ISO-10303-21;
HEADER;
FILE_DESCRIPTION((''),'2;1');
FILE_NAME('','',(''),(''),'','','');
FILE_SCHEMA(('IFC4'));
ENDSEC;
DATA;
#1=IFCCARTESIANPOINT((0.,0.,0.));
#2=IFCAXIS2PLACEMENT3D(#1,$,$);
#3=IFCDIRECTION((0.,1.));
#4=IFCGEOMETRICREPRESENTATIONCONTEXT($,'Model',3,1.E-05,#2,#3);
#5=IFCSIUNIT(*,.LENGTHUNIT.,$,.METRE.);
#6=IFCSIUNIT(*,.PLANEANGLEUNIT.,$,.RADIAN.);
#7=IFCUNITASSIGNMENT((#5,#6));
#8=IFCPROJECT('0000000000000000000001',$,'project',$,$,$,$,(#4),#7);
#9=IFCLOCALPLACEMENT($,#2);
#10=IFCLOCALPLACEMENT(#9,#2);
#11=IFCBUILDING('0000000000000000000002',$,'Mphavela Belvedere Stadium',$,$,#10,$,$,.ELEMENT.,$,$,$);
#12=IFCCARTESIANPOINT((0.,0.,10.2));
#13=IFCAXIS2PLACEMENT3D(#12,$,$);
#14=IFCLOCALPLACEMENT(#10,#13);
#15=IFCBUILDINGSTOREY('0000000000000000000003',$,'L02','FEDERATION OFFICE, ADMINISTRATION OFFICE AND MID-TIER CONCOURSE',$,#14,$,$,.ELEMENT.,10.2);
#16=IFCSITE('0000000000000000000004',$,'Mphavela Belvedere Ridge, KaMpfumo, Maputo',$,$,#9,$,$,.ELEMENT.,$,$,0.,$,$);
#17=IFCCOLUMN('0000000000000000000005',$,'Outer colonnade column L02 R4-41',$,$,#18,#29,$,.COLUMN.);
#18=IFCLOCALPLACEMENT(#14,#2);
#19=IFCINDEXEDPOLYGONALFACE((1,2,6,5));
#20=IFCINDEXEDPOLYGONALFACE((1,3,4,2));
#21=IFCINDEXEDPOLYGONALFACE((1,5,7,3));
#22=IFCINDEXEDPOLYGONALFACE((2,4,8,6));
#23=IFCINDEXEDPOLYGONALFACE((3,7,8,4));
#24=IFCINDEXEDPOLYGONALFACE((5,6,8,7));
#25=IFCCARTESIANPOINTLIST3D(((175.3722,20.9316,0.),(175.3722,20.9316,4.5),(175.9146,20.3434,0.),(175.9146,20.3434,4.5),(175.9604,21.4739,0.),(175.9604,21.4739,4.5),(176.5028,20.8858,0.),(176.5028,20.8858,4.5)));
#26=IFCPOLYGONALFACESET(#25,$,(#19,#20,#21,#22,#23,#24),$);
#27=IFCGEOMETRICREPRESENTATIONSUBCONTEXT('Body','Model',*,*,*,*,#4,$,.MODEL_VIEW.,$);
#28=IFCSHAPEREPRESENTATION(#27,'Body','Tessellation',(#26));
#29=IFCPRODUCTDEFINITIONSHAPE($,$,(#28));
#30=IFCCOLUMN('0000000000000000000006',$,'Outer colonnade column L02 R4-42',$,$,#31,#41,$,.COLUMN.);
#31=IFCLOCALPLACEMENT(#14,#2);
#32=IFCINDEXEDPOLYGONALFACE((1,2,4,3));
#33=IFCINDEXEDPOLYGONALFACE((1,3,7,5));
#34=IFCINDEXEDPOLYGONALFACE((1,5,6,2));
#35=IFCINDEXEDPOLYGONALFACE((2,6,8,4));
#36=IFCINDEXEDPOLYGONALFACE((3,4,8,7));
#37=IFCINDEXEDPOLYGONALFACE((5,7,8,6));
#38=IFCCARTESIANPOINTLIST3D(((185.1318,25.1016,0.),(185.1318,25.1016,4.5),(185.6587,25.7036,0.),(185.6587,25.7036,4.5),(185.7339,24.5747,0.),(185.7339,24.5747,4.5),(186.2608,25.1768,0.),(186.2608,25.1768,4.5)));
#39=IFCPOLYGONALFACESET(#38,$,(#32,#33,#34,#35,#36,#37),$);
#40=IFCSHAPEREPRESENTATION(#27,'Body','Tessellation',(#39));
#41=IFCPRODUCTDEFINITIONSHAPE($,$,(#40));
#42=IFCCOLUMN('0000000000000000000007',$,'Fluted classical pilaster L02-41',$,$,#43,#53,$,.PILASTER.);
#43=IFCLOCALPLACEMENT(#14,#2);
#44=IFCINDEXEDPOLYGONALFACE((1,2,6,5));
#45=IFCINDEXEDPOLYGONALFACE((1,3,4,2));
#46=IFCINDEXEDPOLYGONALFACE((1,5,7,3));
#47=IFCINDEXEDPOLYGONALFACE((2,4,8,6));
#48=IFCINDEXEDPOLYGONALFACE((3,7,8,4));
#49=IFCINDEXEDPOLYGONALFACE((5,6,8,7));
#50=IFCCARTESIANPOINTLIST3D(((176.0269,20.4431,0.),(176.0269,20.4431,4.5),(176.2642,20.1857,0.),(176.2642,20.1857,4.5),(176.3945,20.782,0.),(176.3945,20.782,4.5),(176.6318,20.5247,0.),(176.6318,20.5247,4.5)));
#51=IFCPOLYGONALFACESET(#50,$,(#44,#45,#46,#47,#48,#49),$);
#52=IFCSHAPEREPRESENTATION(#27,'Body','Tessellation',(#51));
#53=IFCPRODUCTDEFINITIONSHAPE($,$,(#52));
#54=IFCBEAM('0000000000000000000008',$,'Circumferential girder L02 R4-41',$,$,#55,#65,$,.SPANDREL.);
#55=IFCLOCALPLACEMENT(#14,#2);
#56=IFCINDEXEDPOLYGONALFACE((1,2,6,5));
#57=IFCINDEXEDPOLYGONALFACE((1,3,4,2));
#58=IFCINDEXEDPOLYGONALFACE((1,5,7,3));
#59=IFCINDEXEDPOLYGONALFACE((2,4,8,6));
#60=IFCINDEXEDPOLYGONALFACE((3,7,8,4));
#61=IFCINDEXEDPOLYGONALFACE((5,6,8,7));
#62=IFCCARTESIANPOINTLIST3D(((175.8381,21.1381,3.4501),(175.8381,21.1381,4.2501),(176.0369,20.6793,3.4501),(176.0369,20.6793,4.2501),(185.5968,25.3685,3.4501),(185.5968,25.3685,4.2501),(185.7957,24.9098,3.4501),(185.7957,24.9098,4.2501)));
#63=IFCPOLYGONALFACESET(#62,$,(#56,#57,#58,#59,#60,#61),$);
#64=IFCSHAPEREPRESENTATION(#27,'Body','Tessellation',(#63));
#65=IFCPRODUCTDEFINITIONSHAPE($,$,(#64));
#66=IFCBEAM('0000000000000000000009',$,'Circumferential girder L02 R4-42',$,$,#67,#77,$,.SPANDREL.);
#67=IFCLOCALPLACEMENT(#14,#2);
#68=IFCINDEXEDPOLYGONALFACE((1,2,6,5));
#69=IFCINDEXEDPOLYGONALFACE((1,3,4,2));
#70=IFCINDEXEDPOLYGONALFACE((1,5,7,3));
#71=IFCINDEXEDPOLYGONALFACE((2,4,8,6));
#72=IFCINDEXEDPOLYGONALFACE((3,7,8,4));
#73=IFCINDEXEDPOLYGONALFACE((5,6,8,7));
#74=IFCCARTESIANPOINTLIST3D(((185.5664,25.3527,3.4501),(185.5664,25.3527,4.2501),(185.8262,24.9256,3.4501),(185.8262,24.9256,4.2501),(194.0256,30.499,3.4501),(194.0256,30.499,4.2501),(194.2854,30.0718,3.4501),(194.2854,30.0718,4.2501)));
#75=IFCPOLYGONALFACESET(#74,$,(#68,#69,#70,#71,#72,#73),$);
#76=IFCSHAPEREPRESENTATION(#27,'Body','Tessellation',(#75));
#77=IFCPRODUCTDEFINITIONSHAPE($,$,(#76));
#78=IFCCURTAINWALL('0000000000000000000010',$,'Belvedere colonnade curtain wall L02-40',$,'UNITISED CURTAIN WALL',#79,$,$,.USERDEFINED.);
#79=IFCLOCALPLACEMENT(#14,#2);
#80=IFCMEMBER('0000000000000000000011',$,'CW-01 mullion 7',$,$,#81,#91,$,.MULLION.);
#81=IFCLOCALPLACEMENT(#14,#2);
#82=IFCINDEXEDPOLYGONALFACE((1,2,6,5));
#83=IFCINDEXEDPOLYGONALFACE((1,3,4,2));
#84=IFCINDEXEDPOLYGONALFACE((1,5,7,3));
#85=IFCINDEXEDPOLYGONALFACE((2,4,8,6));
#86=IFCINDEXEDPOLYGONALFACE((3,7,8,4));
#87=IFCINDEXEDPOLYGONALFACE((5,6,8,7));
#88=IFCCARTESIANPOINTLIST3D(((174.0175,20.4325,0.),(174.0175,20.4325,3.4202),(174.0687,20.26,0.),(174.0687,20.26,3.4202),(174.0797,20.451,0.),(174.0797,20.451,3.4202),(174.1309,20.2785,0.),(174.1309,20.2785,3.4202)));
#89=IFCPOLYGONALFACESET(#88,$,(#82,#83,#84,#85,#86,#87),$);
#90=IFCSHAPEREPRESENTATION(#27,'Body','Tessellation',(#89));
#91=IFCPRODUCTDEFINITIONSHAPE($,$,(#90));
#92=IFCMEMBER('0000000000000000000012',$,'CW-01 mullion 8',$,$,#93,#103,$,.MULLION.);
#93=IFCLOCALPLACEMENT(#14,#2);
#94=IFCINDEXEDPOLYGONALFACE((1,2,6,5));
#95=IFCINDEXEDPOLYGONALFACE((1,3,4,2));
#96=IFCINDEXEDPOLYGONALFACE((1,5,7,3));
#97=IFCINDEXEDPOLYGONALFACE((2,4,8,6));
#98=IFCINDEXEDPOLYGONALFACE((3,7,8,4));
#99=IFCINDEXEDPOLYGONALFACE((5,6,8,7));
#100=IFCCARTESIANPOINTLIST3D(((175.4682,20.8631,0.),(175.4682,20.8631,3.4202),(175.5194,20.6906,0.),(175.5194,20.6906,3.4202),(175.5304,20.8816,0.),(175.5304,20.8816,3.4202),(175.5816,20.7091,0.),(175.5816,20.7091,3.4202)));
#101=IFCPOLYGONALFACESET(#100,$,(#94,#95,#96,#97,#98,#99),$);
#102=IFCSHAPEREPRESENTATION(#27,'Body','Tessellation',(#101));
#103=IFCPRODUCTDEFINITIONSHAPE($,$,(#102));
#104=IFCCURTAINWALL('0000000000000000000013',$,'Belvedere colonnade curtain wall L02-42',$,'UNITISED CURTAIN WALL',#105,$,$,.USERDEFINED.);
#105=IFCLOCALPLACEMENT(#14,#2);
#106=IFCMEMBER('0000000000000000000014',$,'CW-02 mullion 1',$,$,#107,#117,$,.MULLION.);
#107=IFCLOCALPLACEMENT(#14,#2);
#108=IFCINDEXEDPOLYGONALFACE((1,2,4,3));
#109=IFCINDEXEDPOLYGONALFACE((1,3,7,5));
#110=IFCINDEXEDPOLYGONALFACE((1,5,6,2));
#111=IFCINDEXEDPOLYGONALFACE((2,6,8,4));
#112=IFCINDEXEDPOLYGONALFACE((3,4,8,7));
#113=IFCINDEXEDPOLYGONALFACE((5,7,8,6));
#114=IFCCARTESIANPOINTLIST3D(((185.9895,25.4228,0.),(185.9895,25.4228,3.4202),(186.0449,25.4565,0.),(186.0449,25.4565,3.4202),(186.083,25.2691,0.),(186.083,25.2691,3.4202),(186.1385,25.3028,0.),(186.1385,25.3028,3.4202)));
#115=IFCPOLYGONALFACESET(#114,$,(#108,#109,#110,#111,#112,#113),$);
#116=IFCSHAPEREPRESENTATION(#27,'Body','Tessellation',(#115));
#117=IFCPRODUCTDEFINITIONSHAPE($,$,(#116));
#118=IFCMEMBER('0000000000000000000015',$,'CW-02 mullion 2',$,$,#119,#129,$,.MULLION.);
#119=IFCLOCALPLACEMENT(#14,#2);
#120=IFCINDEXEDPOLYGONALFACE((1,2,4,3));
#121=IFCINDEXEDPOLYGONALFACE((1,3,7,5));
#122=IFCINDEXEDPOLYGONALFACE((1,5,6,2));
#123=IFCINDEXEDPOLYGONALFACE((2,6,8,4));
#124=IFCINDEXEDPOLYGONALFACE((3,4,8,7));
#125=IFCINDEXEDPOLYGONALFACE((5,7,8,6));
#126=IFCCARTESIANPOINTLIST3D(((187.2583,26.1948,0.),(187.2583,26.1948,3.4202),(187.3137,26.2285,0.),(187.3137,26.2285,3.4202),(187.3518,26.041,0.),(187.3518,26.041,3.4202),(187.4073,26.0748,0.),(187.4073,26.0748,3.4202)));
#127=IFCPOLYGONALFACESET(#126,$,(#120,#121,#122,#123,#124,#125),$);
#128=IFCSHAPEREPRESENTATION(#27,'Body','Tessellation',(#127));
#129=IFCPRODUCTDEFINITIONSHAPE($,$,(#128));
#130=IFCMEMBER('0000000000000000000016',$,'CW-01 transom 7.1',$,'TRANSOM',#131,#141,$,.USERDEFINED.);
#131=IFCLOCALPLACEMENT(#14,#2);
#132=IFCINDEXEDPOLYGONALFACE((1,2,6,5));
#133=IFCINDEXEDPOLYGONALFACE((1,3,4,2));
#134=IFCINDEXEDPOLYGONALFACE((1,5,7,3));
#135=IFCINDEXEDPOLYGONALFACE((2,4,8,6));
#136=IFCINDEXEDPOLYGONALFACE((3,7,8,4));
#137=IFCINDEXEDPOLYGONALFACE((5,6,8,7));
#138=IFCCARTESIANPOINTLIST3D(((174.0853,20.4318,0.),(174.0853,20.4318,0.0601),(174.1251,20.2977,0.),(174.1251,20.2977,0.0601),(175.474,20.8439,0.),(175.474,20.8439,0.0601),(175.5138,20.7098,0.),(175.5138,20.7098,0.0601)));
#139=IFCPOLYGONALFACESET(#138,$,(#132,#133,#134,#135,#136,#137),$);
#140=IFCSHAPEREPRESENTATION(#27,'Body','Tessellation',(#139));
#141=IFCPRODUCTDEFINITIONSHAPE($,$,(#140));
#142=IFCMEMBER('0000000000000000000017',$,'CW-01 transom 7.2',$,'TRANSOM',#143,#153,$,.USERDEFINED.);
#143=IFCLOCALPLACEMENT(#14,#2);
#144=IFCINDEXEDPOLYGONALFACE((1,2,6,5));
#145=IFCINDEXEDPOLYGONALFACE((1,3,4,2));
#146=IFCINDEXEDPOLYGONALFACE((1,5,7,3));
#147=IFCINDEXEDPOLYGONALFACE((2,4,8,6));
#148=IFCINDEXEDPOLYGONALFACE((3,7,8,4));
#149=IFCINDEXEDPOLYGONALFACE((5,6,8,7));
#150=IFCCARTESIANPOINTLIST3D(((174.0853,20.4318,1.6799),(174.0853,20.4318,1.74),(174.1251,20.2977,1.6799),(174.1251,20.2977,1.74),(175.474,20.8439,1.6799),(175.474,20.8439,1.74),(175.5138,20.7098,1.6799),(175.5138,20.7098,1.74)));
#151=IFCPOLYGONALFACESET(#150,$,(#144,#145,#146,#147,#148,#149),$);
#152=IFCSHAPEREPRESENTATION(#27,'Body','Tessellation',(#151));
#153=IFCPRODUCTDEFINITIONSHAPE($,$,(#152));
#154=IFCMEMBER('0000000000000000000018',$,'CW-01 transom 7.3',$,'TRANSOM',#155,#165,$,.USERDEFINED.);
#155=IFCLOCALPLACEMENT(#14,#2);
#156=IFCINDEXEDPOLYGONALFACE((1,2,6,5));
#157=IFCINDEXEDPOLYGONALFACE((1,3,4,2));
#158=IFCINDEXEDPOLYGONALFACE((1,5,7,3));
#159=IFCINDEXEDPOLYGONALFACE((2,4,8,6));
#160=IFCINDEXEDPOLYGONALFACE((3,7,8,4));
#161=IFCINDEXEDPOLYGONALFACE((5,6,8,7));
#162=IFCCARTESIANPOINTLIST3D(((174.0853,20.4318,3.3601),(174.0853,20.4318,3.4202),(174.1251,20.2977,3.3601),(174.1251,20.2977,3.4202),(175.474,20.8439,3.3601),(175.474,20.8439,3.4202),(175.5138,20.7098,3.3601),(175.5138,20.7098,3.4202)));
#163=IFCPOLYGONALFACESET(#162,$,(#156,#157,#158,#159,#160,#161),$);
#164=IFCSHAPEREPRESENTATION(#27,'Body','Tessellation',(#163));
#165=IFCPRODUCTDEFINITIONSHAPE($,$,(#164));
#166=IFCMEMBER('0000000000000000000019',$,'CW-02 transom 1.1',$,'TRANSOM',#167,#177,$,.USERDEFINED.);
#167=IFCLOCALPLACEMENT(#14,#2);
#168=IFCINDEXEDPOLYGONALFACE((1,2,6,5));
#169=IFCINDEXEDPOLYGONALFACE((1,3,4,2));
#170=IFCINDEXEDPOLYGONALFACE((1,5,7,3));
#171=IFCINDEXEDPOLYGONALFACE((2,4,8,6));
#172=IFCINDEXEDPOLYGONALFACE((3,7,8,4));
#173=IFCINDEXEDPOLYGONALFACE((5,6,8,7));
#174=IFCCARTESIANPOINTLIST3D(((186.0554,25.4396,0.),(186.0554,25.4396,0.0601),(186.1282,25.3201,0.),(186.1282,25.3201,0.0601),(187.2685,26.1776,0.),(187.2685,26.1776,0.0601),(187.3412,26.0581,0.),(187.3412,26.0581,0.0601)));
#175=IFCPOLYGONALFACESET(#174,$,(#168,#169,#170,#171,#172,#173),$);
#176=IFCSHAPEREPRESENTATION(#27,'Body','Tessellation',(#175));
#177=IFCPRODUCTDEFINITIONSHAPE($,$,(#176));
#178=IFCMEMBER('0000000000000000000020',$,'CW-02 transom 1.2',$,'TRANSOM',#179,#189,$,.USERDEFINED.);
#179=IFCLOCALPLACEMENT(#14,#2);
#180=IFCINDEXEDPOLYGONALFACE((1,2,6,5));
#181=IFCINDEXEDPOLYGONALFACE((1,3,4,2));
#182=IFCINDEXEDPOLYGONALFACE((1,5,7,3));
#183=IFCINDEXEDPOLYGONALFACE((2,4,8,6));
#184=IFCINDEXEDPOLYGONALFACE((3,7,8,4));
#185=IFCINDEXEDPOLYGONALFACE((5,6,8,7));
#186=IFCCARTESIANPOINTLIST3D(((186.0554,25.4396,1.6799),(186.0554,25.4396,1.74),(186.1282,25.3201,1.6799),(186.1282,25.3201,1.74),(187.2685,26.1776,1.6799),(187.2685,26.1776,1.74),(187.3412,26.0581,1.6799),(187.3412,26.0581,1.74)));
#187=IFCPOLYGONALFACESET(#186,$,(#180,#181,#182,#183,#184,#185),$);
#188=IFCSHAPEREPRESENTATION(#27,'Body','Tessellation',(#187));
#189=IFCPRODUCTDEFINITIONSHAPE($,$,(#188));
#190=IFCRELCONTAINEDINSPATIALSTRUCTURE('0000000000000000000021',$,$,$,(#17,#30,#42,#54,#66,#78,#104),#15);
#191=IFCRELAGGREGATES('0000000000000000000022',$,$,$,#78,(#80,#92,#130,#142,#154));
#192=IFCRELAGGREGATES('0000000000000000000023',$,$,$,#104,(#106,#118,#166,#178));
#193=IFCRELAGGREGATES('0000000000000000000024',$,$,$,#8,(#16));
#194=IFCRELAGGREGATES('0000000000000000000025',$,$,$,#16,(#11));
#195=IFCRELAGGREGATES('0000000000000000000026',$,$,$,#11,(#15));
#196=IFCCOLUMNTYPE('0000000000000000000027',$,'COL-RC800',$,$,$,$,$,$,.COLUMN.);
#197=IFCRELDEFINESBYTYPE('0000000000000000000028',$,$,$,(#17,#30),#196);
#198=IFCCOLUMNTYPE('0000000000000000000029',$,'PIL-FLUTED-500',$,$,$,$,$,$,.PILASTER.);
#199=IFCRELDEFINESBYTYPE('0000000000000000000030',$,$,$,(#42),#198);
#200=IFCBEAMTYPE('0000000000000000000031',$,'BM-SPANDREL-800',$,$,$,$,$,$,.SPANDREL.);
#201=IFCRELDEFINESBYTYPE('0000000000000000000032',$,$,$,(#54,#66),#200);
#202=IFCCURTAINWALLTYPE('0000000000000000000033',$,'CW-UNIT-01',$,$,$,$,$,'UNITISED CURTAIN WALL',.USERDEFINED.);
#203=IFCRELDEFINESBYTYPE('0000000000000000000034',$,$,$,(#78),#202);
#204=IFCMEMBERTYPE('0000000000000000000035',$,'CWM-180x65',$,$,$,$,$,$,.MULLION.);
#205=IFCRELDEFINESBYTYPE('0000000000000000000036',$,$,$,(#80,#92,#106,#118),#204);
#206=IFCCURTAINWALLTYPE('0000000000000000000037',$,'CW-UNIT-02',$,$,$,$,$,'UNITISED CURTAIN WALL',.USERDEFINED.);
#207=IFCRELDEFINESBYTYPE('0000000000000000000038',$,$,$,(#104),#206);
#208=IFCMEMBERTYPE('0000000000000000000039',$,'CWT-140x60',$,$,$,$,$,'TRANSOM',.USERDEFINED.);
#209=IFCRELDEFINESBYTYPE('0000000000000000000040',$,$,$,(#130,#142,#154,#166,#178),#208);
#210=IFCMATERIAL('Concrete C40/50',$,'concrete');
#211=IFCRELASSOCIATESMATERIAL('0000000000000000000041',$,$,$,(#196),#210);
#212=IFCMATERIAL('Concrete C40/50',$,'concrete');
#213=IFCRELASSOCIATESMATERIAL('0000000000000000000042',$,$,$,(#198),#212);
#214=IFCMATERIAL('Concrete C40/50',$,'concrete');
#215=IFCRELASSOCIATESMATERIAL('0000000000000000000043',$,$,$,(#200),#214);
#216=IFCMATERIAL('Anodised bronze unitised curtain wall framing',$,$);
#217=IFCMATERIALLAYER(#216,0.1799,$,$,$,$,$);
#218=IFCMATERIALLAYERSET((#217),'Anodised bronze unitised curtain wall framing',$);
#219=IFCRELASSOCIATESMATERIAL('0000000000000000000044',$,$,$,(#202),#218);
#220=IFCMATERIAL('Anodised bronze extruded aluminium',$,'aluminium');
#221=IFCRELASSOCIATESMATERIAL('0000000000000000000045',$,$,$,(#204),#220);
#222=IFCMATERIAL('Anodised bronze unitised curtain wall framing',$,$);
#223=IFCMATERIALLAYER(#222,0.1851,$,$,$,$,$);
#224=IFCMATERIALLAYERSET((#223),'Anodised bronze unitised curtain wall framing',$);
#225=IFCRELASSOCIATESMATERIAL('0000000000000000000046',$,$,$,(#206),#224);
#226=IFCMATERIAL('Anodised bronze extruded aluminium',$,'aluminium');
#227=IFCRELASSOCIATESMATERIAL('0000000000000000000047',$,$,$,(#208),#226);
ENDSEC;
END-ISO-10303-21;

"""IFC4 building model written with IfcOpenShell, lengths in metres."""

from ifc_helpers import new_model, si_unit, direction, frame, origin, origin_2d, place, context, subcontext, project, spatial, rectangle, extrude, material, layer, layer_set, material_profile, profile_set, type_object, element, aggregate, save


model = new_model("IFC4")

# Units and contexts
model_context = context("Model", 3, precision=1e-05, world=origin(), true_north=direction((0.0, 1.0)))
body_context = subcontext(model_context, "Body", "Model", "MODEL_VIEW")
ifc_project = project(units=[si_unit("LENGTHUNIT", "METRE"), si_unit("PLANEANGLEUNIT", "RADIAN")], contexts=[model_context])

# Site, building, storey
site_placement = place(None, origin())
site = spatial("IfcSite", under=ifc_project, at=site_placement, Name="Mphavela Belvedere Ridge, KaMpfumo, Maputo", CompositionType="ELEMENT", RefElevation=0.0)
building_placement = place(site_placement, origin())
building = spatial("IfcBuilding", under=site, at=building_placement, Name="Mphavela Belvedere Stadium", CompositionType="ELEMENT")
storey_placement = place(building_placement, frame((0.0, 0.0, 10.2)))
storey = spatial("IfcBuildingStorey", under=building, at=storey_placement, Name="L02", Description="FEDERATION OFFICE, ADMINISTRATION OFFICE AND MID-TIER CONCOURSE", CompositionType="ELEMENT", Elevation=10.2)

# Columns
ifc_material_1 = material(Name="Concrete C40/50", Category="concrete")
ifc_material_profile_1 = material_profile(ifc_material_1, rectangle(XDim=0.8, YDim=0.8, at=origin_2d()), Name="RC 800x800")
ifc_profile_set_1 = profile_set([ifc_material_profile_1], Name="Concrete C40/50")
column_type_1 = type_object("IfcColumnType", Name="COL-RC800", PredefinedType="COLUMN", material=ifc_profile_set_1)
for number, where, z_axis, x_axis, name in (
    (1, (175.9375, 20.9087, 0.0), (0.0, 0.0, 1.0), (0.677903, -0.735151, 0.0), "Outer colonnade column L02 R4-41"),
    (2, (185.6963, 25.1392, 0.0), (0.0, 0.0, 1.0), (0.75253, -0.658558, 0.0), "Outer colonnade column L02 R4-42"),
):
    element("IfcColumn", number, at=place(storey_placement, frame(where, z_axis=z_axis, x_axis=x_axis)), inside=storey, type_object=column_type_1, Name=name, PredefinedType="COLUMN", context=body_context, shape_type="SweptSolid", body=[
        extrude(rectangle(XDim=0.8, YDim=0.8, at=origin_2d()), origin(), (0.0, 0.0, 1.0), 4.5),
    ])
ifc_material_2 = material(Name="Concrete C40/50", Category="concrete")
ifc_material_profile_2 = material_profile(ifc_material_2, rectangle(XDim=0.5, YDim=0.3501, at=origin_2d()), Name="PIL 500x350")
ifc_profile_set_2 = profile_set([ifc_material_profile_2], Name="Concrete C40/50")
column_type_2 = type_object("IfcColumnType", Name="PIL-FLUTED-500", PredefinedType="PILASTER", material=ifc_profile_set_2)
column_placement = place(storey_placement, frame((176.3293, 20.4839, 0.0), z_axis=(0.0, 0.0, 1.0), x_axis=(0.735151, 0.677903, 0.0)))
element("IfcColumn", 3, at=column_placement, inside=storey, type_object=column_type_2, Name="Fluted classical pilaster L02-41", PredefinedType="PILASTER", context=body_context, shape_type="SweptSolid", body=[
    extrude(rectangle(XDim=0.5, YDim=0.3501, at=origin_2d()), origin(), (0.0, 0.0, 1.0), 4.5),
])

# Beams
ifc_material_3 = material(Name="Concrete C40/50", Category="concrete")
ifc_material_profile_3 = material_profile(ifc_material_3, rectangle(XDim=0.5, YDim=0.8, at=origin_2d()), Name="RC 500x800")
ifc_profile_set_3 = profile_set([ifc_material_profile_3], Name="Concrete C40/50")
beam_type = type_object("IfcBeamType", Name="BM-SPANDREL-800", PredefinedType="SPANDREL", material=ifc_profile_set_3)
beam_1_placement = place(storey_placement, frame((175.9375, 20.9087, 3.8501), z_axis=(0.917499, 0.397739, 0.0), x_axis=(-0.397739, 0.917499, 0.0)))
element("IfcBeam", 4, at=beam_1_placement, inside=storey, type_object=beam_type, Name="Circumferential girder L02 R4-41", PredefinedType="SPANDREL", context=body_context, shape_type="SweptSolid", body=[
    extrude(rectangle(XDim=0.5, YDim=0.8, at=origin_2d()), origin(), (0.0, 0.0, 1.0), 10.6362),
])
beam_2_placement = place(storey_placement, frame((185.6963, 25.1392, 3.8501), z_axis=(0.854327, 0.519737, 0.0), x_axis=(-0.519737, 0.854327, 0.0)))
element("IfcBeam", 5, at=beam_2_placement, inside=storey, type_object=beam_type, Name="Circumferential girder L02 R4-42", PredefinedType="SPANDREL", context=body_context, shape_type="SweptSolid", body=[
    extrude(rectangle(XDim=0.5, YDim=0.8, at=origin_2d()), origin(), (0.0, 0.0, 1.0), 9.9016),
])

# Curtain walls, members
ifc_material_4 = material(Name="Anodised bronze unitised curtain wall framing")
ifc_layer_1 = layer(ifc_material_4, 0.1799)
ifc_layer_set_1 = layer_set([ifc_layer_1], Name="Anodised bronze unitised curtain wall framing")
curtain_wall_type_1 = type_object("IfcCurtainWallType", Name="CW-UNIT-01", ElementType="UNITISED CURTAIN WALL", PredefinedType="USERDEFINED", material=ifc_layer_set_1)
curtain_wall_1_placement = place(storey_placement, origin())
curtain_wall_1 = element("IfcCurtainWall", 6, at=curtain_wall_1_placement, inside=storey, type_object=curtain_wall_type_1, Name="Belvedere colonnade curtain wall L02-40", ObjectType="UNITISED CURTAIN WALL", PredefinedType="USERDEFINED")
ifc_material_5 = material(Name="Anodised bronze extruded aluminium", Category="aluminium")
ifc_material_profile_4 = material_profile(ifc_material_5, rectangle(XDim=0.1799, YDim=0.0649, at=origin_2d()), Name="CW-MUL 180x65")
ifc_profile_set_4 = profile_set([ifc_material_profile_4], Name="Anodised bronze extruded aluminium")
member_type_1 = type_object("IfcMemberType", Name="CWM-180x65", PredefinedType="MULLION", material=ifc_profile_set_4)
member_1_placement = place(storey_placement, frame((174.0742, 20.3555, 0.0), z_axis=(0.0, 0.0, 1.0), x_axis=(-0.284547, 0.958662, 0.0)))
member_1 = element("IfcMember", 7, at=member_1_placement, type_object=member_type_1, Name="CW-01 mullion 7", PredefinedType="MULLION", context=body_context, shape_type="SweptSolid", body=[
    extrude(rectangle(XDim=0.1799, YDim=0.0649, at=origin_2d()), origin(), (0.0, 0.0, 1.0), 3.4202),
])
member_2_placement = place(storey_placement, frame((175.5249, 20.7861, 0.0), z_axis=(0.0, 0.0, 1.0), x_axis=(-0.284547, 0.958662, 0.0)))
member_2 = element("IfcMember", 8, at=member_2_placement, type_object=member_type_1, Name="CW-01 mullion 8", PredefinedType="MULLION", context=body_context, shape_type="SweptSolid", body=[
    extrude(rectangle(XDim=0.1799, YDim=0.0649, at=origin_2d()), origin(), (0.0, 0.0, 1.0), 3.4202),
])
ifc_material_6 = material(Name="Anodised bronze unitised curtain wall framing")
ifc_layer_2 = layer(ifc_material_6, 0.1851)
ifc_layer_set_2 = layer_set([ifc_layer_2], Name="Anodised bronze unitised curtain wall framing")
curtain_wall_type_2 = type_object("IfcCurtainWallType", Name="CW-UNIT-02", ElementType="UNITISED CURTAIN WALL", PredefinedType="USERDEFINED", material=ifc_layer_set_2)
curtain_wall_2_placement = place(storey_placement, origin())
curtain_wall_2 = element("IfcCurtainWall", 9, at=curtain_wall_2_placement, inside=storey, type_object=curtain_wall_type_2, Name="Belvedere colonnade curtain wall L02-42", ObjectType="UNITISED CURTAIN WALL", PredefinedType="USERDEFINED")
member_3_placement = place(storey_placement, frame((186.064, 25.3628, 0.0), z_axis=(0.0, 0.0, 1.0), x_axis=(-0.519732, 0.85433, 0.0)))
member_3 = element("IfcMember", 10, at=member_3_placement, type_object=member_type_1, Name="CW-02 mullion 1", PredefinedType="MULLION", context=body_context, shape_type="SweptSolid", body=[
    extrude(rectangle(XDim=0.1799, YDim=0.0649, at=origin_2d()), origin(), (0.0, 0.0, 1.0), 3.4202),
])
member_4_placement = place(storey_placement, frame((187.3328, 26.1348, 0.0), z_axis=(0.0, 0.0, 1.0), x_axis=(-0.519732, 0.85433, 0.0)))
member_4 = element("IfcMember", 11, at=member_4_placement, type_object=member_type_1, Name="CW-02 mullion 2", PredefinedType="MULLION", context=body_context, shape_type="SweptSolid", body=[
    extrude(rectangle(XDim=0.1799, YDim=0.0649, at=origin_2d()), origin(), (0.0, 0.0, 1.0), 3.4202),
])

# Members
ifc_material_7 = material(Name="Anodised bronze extruded aluminium", Category="aluminium")
ifc_material_profile_5 = material_profile(ifc_material_7, rectangle(XDim=0.1399, YDim=0.0601, at=origin_2d()), Name="CW-TRN 140x60")
ifc_profile_set_5 = profile_set([ifc_material_profile_5], Name="Anodised bronze extruded aluminium")
member_type_2 = type_object("IfcMemberType", Name="CWT-140x60", ElementType="TRANSOM", PredefinedType="USERDEFINED", material=ifc_profile_set_5)
member_5_placement = place(storey_placement, frame((174.1052, 20.3647, 0.03), z_axis=(0.958676, 0.284501, 0.0), x_axis=(-0.284501, 0.958676, 0.0)))
member_5 = element("IfcMember", 12, at=member_5_placement, type_object=member_type_2, Name="CW-01 transom 7.1", ObjectType="TRANSOM", PredefinedType="USERDEFINED", context=body_context, shape_type="SweptSolid", body=[
    extrude(rectangle(XDim=0.1399, YDim=0.0601, at=origin_2d()), origin(), (0.0, 0.0, 1.0), 1.4485),
])
member_6_placement = place(storey_placement, frame((174.1052, 20.3647, 1.71), z_axis=(0.958676, 0.284501, 0.0), x_axis=(-0.284501, 0.958676, 0.0)))
member_6 = element("IfcMember", 13, at=member_6_placement, type_object=member_type_2, Name="CW-01 transom 7.2", ObjectType="TRANSOM", PredefinedType="USERDEFINED", context=body_context, shape_type="SweptSolid", body=[
    extrude(rectangle(XDim=0.1399, YDim=0.0601, at=origin_2d()), origin(), (0.0, 0.0, 1.0), 1.4485),
])
member_7_placement = place(storey_placement, frame((174.1052, 20.3647, 3.3901), z_axis=(0.958676, 0.284501, 0.0), x_axis=(-0.284501, 0.958676, 0.0)))
member_7 = element("IfcMember", 14, at=member_7_placement, type_object=member_type_2, Name="CW-01 transom 7.3", ObjectType="TRANSOM", PredefinedType="USERDEFINED", context=body_context, shape_type="SweptSolid", body=[
    extrude(rectangle(XDim=0.1399, YDim=0.0601, at=origin_2d()), origin(), (0.0, 0.0, 1.0), 1.4485),
])
member_8_placement = place(storey_placement, frame((186.0918, 25.3799, 0.03), z_axis=(0.854321, 0.519745, 0.0), x_axis=(-0.519745, 0.854321, 0.0)))
member_8 = element("IfcMember", 15, at=member_8_placement, type_object=member_type_2, Name="CW-02 transom 1.1", ObjectType="TRANSOM", PredefinedType="USERDEFINED", context=body_context, shape_type="SweptSolid", body=[
    extrude(rectangle(XDim=0.1399, YDim=0.0601, at=origin_2d()), origin(), (0.0, 0.0, 1.0), 1.4199),
])
member_9_placement = place(storey_placement, frame((186.0918, 25.3799, 1.71), z_axis=(0.854321, 0.519745, 0.0), x_axis=(-0.519745, 0.854321, 0.0)))
member_9 = element("IfcMember", 16, at=member_9_placement, type_object=member_type_2, Name="CW-02 transom 1.2", ObjectType="TRANSOM", PredefinedType="USERDEFINED", context=body_context, shape_type="SweptSolid", body=[
    extrude(rectangle(XDim=0.1399, YDim=0.0601, at=origin_2d()), origin(), (0.0, 0.0, 1.0), 1.4199),
])

aggregate(curtain_wall_1, [member_1, member_2, member_5, member_6, member_7])
aggregate(curtain_wall_2, [member_3, member_4, member_8, member_9])

save(model, "model.ifc")
